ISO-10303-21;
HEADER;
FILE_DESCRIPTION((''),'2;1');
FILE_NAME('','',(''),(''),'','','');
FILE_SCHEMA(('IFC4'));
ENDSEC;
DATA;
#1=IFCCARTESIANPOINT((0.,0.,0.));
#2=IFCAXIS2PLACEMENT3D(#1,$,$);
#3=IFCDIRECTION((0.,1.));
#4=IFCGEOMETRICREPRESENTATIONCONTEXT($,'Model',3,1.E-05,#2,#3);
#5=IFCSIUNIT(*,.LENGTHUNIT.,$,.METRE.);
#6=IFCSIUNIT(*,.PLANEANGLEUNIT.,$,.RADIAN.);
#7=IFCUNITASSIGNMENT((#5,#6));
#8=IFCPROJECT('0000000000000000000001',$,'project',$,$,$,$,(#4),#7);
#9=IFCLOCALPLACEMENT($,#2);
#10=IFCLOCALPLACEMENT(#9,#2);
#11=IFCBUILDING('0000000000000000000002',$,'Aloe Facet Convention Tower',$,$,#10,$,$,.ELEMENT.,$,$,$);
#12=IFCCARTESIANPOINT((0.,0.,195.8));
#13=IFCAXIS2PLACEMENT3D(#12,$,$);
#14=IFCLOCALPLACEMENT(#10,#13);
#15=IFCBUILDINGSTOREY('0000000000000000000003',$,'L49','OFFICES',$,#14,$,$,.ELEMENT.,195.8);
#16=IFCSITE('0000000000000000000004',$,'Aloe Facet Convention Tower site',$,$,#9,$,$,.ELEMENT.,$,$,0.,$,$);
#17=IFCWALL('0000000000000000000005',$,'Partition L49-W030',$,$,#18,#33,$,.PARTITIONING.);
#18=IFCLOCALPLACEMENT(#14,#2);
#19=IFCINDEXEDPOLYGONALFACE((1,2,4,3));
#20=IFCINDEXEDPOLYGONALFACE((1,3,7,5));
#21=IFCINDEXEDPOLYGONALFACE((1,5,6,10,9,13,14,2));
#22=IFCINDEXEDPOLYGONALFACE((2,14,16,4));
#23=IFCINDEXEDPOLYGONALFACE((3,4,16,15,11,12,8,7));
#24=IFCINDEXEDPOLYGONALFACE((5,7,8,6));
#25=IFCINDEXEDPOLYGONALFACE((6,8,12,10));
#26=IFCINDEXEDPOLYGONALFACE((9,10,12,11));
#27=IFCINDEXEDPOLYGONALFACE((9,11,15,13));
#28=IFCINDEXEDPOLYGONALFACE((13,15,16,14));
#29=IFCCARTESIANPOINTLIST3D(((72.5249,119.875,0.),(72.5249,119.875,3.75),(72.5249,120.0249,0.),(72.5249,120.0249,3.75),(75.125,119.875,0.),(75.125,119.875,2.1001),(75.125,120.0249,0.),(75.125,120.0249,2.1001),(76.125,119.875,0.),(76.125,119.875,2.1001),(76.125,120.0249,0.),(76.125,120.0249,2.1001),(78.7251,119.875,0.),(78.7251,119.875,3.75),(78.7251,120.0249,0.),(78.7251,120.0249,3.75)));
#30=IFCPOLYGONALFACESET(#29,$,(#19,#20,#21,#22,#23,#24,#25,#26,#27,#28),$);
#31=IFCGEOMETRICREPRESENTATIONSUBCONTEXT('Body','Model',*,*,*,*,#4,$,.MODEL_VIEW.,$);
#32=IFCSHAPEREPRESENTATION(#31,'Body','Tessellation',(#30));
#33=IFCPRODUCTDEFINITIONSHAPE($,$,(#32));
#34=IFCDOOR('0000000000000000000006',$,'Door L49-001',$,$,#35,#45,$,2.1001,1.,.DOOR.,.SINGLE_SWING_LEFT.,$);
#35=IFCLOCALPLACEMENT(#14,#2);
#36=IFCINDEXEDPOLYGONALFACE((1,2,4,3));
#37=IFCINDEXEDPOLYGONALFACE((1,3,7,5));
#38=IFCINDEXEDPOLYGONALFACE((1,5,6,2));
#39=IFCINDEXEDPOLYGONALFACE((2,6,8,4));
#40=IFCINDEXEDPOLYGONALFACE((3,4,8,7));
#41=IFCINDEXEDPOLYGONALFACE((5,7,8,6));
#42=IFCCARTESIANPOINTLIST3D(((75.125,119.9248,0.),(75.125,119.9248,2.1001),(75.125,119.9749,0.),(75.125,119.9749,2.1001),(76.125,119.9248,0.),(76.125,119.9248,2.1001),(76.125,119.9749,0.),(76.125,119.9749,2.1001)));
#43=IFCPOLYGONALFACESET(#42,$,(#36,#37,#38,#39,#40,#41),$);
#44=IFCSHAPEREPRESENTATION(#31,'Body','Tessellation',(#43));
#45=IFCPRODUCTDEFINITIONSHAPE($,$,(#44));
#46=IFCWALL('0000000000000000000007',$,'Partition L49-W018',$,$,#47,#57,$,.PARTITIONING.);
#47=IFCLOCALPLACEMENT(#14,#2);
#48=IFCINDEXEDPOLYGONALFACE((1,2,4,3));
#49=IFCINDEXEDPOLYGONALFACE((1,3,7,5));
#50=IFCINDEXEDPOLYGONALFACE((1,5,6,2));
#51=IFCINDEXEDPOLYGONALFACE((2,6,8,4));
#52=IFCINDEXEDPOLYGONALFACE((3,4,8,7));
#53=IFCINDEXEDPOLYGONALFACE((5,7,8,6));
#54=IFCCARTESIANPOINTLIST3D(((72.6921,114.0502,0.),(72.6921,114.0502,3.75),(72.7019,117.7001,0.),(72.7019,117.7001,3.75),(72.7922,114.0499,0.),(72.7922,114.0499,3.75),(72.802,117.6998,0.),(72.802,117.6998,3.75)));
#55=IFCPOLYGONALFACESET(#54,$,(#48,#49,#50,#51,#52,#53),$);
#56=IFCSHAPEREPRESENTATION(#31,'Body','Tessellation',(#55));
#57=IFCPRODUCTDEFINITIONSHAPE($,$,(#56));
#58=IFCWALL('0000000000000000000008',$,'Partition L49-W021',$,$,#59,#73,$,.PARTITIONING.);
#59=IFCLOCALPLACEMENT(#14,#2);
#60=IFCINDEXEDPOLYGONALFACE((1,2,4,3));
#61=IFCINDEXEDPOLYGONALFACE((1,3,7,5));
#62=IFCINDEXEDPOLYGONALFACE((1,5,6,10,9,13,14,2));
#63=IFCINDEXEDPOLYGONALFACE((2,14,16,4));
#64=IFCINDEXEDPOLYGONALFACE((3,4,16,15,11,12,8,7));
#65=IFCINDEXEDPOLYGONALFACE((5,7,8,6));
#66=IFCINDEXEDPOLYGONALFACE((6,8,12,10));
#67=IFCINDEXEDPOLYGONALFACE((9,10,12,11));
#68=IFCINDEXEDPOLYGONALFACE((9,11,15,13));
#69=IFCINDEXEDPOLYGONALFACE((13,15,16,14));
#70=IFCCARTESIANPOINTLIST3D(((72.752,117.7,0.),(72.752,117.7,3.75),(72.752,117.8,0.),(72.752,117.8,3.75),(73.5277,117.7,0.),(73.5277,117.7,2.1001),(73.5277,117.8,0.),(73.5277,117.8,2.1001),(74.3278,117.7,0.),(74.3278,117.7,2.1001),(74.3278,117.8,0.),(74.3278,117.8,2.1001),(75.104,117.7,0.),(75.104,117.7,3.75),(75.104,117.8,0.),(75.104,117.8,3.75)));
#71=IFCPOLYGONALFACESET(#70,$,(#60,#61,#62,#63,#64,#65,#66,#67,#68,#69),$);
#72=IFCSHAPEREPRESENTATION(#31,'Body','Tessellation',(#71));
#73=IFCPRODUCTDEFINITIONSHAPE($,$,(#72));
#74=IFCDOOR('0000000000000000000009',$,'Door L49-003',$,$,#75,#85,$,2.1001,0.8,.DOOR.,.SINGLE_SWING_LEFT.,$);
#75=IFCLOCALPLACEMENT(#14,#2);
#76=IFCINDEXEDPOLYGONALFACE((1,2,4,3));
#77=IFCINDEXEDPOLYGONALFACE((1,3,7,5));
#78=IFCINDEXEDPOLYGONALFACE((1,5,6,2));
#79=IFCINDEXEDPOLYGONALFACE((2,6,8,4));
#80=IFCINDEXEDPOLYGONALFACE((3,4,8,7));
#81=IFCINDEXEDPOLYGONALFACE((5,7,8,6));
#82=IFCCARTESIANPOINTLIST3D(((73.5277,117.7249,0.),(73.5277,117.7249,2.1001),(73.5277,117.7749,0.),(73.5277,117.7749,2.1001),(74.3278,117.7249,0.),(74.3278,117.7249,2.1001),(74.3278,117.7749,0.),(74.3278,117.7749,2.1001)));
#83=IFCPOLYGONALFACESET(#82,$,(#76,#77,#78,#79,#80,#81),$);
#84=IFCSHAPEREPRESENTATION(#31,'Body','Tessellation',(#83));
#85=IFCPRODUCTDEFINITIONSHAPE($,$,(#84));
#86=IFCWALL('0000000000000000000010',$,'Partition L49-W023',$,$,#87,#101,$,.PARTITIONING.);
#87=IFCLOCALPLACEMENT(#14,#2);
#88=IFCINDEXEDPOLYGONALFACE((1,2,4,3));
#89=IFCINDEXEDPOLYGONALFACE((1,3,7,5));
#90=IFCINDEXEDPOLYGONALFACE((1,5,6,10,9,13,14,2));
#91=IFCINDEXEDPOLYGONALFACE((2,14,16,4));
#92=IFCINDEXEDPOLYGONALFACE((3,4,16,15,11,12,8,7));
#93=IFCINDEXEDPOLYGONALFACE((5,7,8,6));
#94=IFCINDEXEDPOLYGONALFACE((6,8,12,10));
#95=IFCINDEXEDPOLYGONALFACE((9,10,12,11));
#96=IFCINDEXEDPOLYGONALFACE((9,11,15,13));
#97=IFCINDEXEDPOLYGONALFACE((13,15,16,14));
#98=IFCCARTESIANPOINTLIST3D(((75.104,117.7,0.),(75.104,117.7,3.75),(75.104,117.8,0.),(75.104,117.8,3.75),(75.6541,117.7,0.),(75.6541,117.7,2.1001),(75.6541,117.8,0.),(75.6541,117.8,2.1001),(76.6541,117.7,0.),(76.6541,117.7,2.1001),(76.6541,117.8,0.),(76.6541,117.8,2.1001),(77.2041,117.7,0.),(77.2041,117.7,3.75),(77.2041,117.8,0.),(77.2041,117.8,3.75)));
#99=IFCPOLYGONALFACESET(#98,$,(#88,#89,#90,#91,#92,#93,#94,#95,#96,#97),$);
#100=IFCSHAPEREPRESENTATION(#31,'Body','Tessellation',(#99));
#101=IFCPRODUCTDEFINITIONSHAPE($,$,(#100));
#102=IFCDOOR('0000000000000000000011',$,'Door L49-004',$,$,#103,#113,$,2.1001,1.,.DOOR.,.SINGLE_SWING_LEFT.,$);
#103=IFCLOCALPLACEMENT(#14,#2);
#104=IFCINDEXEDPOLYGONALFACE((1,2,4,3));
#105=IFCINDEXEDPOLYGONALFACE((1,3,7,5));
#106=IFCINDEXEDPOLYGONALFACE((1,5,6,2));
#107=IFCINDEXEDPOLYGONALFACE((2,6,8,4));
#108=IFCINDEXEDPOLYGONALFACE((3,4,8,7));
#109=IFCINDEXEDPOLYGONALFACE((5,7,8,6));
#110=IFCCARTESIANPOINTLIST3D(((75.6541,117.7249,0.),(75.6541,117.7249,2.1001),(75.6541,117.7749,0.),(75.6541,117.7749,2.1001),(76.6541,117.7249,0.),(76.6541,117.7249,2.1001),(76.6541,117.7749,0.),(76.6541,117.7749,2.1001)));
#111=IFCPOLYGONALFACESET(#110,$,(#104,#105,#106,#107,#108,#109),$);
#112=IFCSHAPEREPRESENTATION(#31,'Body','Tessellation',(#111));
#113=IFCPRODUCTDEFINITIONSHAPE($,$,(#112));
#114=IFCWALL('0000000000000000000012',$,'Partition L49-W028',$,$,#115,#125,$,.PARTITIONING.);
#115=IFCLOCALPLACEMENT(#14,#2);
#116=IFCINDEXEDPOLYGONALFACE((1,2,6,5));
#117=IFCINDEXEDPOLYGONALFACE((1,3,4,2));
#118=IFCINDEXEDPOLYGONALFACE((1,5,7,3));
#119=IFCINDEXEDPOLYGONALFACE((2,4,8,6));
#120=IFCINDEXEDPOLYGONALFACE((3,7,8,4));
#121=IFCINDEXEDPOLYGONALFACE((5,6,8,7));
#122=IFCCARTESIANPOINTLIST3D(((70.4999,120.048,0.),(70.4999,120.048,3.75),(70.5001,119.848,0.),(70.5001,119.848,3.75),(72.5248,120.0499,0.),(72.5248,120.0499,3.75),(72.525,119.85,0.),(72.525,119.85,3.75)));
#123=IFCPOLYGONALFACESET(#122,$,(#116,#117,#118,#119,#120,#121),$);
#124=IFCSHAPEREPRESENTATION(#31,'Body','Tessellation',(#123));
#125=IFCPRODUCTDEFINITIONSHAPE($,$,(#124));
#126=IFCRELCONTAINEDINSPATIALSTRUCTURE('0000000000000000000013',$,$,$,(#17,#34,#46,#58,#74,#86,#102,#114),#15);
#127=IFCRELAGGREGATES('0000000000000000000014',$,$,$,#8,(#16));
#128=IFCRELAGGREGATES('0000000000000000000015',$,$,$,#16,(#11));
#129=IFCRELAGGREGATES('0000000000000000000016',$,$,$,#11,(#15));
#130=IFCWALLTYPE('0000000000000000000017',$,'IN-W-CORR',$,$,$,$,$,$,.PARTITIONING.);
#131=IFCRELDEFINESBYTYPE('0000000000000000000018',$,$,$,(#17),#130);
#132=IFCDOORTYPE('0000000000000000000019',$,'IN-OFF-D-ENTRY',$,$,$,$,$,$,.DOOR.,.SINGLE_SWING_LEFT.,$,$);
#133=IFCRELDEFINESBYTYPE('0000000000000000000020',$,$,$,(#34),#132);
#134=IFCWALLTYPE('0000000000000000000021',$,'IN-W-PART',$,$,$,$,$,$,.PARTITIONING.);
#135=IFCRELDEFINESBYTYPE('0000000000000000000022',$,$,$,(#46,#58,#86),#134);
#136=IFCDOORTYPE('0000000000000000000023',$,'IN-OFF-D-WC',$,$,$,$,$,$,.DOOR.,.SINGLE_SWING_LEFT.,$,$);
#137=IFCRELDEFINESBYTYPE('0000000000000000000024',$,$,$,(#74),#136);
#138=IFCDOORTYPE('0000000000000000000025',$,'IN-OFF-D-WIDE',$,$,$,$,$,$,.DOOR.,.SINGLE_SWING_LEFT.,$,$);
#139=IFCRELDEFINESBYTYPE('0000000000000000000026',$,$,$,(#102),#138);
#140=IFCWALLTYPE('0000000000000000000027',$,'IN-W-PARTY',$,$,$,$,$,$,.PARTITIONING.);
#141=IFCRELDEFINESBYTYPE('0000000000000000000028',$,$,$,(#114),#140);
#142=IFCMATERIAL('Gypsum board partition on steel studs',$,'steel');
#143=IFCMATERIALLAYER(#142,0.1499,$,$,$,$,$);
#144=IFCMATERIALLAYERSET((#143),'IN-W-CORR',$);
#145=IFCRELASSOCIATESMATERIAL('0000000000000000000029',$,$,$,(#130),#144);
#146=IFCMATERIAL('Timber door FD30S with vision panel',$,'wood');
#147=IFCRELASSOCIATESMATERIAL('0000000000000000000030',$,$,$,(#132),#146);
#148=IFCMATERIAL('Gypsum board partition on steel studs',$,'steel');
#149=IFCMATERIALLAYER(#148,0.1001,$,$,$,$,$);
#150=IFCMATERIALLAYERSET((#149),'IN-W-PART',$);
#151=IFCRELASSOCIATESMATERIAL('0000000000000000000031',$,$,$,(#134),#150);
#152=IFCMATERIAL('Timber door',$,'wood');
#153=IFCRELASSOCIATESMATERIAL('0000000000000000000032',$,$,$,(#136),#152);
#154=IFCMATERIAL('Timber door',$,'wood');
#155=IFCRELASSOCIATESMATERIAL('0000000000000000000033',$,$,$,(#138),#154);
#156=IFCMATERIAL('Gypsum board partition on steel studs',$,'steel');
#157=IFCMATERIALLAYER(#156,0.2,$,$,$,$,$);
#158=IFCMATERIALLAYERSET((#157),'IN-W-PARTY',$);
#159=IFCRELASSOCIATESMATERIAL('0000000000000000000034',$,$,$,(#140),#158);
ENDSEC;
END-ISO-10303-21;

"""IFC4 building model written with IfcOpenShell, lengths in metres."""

from ifc_helpers import new_model, si_unit, direction, frame, frame_2d, origin, place, context, subcontext, project, spatial, rectangle, extrude, material, layer, layer_set, type_object, element, fill, save


model = new_model("IFC4")

# Units and contexts
model_context = context("Model", 3, precision=1e-05, world=origin(), true_north=direction((0.0, 1.0)))
body_context = subcontext(model_context, "Body", "Model", "MODEL_VIEW")
ifc_project = project(units=[si_unit("LENGTHUNIT", "METRE"), si_unit("PLANEANGLEUNIT", "RADIAN")], contexts=[model_context])

# Site, building, storey
site_placement = place(None, origin())
site = spatial("IfcSite", under=ifc_project, at=site_placement, Name="Aloe Facet Convention Tower site", CompositionType="ELEMENT", RefElevation=0.0)
building_placement = place(site_placement, origin())
building = spatial("IfcBuilding", under=site, at=building_placement, Name="Aloe Facet Convention Tower", CompositionType="ELEMENT")
storey_placement = place(building_placement, frame((0.0, 0.0, 195.8)))
storey = spatial("IfcBuildingStorey", under=building, at=storey_placement, Name="L49", Description="OFFICES", CompositionType="ELEMENT", Elevation=195.8)

# Wall, opening, door
ifc_material_1 = material(Name="Gypsum board partition on steel studs", Category="steel")
ifc_layer_1 = layer(ifc_material_1, 0.1499)
ifc_layer_set_1 = layer_set([ifc_layer_1], Name="IN-W-CORR")
wall_type_1 = type_object("IfcWallType", Name="IN-W-CORR", PredefinedType="PARTITIONING", material=ifc_layer_set_1)
ifc_material_2 = material(Name="Timber door FD30S with vision panel", Category="wood")
door_type_1 = type_object("IfcDoorType", Name="IN-OFF-D-ENTRY", OperationType="SINGLE_SWING_LEFT", PredefinedType="DOOR", material=ifc_material_2)
wall_1_placement = place(storey_placement, frame((72.5249, 119.95, 0.0), z_axis=(0.0, 0.0, 1.0), x_axis=(1.0, 0.0, 0.0)))
wall_1 = element("IfcWall", 1, at=wall_1_placement, inside=storey, type_object=wall_type_1, Name="Partition L49-W030", PredefinedType="PARTITIONING", context=body_context, shape_type="SweptSolid", body=[
    extrude(rectangle(XDim=6.2002, YDim=0.1499, at=frame_2d((3.1001, 0.0))), origin(), (0.0, 0.0, 1.0), 3.75),
])
opening_1_placement = place(wall_1_placement, frame((2.6001, 0.0, 0.0)))
opening_1 = element("IfcOpeningElement", 2, at=opening_1_placement, cuts=wall_1, PredefinedType="OPENING", context=body_context, shape_type="SweptSolid", body=[
    extrude(rectangle(XDim=1.0, YDim=2.1001, at=frame_2d((0.5, 1.05))), frame((0.0, 0.085, 0.0), z_axis=(0.0, -1.0, 0.0), x_axis=(1.0, 0.0, 0.0)), (0.0, 0.0, 1.0), 0.1699),
])
door_1_placement = place(opening_1_placement, origin())
door_1 = element("IfcDoor", 3, at=door_1_placement, inside=storey, type_object=door_type_1, Name="Door L49-001", OperationType="SINGLE_SWING_LEFT", OverallHeight=2.1001, OverallWidth=1.0, PredefinedType="DOOR", context=body_context, shape_type="SweptSolid", body=[
    extrude(rectangle(XDim=1.0, YDim=2.1001, at=frame_2d((0.5, 1.05))), frame((0.0, 0.0249, 0.0), z_axis=(0.0, -1.0, 0.0), x_axis=(1.0, 0.0, 0.0)), (0.0, 0.0, 1.0), 0.05),
])
fill(opening_1, door_1)

# Wall
ifc_material_3 = material(Name="Gypsum board partition on steel studs", Category="steel")
ifc_layer_2 = layer(ifc_material_3, 0.1001)
ifc_layer_set_2 = layer_set([ifc_layer_2], Name="IN-W-PART")
wall_type_2 = type_object("IfcWallType", Name="IN-W-PART", PredefinedType="PARTITIONING", material=ifc_layer_set_2)
wall_2_placement = place(storey_placement, frame((72.7422, 114.05, 0.0), z_axis=(0.0, 0.0, 1.0), x_axis=(0.002676, 0.999996, 0.0)))
element("IfcWall", 4, at=wall_2_placement, inside=storey, type_object=wall_type_2, Name="Partition L49-W018", PredefinedType="PARTITIONING", context=body_context, shape_type="SweptSolid", body=[
    extrude(rectangle(XDim=3.6499, YDim=0.1001, at=frame_2d((1.825, 0.0))), origin(), (0.0, 0.0, 1.0), 3.75),
])

# Walls, openings, doors
wall_3_placement = place(storey_placement, frame((72.752, 117.75, 0.0), z_axis=(0.0, 0.0, 1.0), x_axis=(1.0, 0.0, 0.0)))
wall_3 = element("IfcWall", 5, at=wall_3_placement, inside=storey, type_object=wall_type_2, Name="Partition L49-W021", PredefinedType="PARTITIONING", context=body_context, shape_type="SweptSolid", body=[
    extrude(rectangle(XDim=2.3521, YDim=0.1001, at=frame_2d((1.176, 0.0))), origin(), (0.0, 0.0, 1.0), 3.75),
])
opening_2_placement = place(wall_3_placement, frame((0.7759, 0.0, 0.0)))
opening_2 = element("IfcOpeningElement", 6, at=opening_2_placement, cuts=wall_3, PredefinedType="OPENING", context=body_context, shape_type="SweptSolid", body=[
    extrude(rectangle(XDim=0.8, YDim=2.1001, at=frame_2d((0.3999, 1.05))), frame((0.0, 0.0601, 0.0), z_axis=(0.0, -1.0, 0.0), x_axis=(1.0, 0.0, 0.0)), (0.0, 0.0, 1.0), 0.1201),
])
ifc_material_4 = material(Name="Timber door", Category="wood")
door_type_2 = type_object("IfcDoorType", Name="IN-OFF-D-WC", OperationType="SINGLE_SWING_LEFT", PredefinedType="DOOR", material=ifc_material_4)
door_2_placement = place(opening_2_placement, origin())
door_2 = element("IfcDoor", 7, at=door_2_placement, inside=storey, type_object=door_type_2, Name="Door L49-003", OperationType="SINGLE_SWING_LEFT", OverallHeight=2.1001, OverallWidth=0.8, PredefinedType="DOOR", context=body_context, shape_type="SweptSolid", body=[
    extrude(rectangle(XDim=0.8, YDim=2.1001, at=frame_2d((0.3999, 1.05))), frame((0.0, 0.0249, 0.0), z_axis=(0.0, -1.0, 0.0), x_axis=(1.0, 0.0, 0.0)), (0.0, 0.0, 1.0), 0.05),
])
fill(opening_2, door_2)
wall_4_placement = place(storey_placement, frame((75.104, 117.75, 0.0), z_axis=(0.0, 0.0, 1.0), x_axis=(1.0, 0.0, 0.0)))
wall_4 = element("IfcWall", 8, at=wall_4_placement, inside=storey, type_object=wall_type_2, Name="Partition L49-W023", PredefinedType="PARTITIONING", context=body_context, shape_type="SweptSolid", body=[
    extrude(rectangle(XDim=2.1001, YDim=0.1001, at=frame_2d((1.05, 0.0))), origin(), (0.0, 0.0, 1.0), 3.75),
])
opening_3_placement = place(wall_4_placement, frame((0.55, 0.0, 0.0)))
opening_3 = element("IfcOpeningElement", 9, at=opening_3_placement, cuts=wall_4, PredefinedType="OPENING", context=body_context, shape_type="SweptSolid", body=[
    extrude(rectangle(XDim=1.0, YDim=2.1001, at=frame_2d((0.5, 1.05))), frame((0.0, 0.0601, 0.0), z_axis=(0.0, -1.0, 0.0), x_axis=(1.0, 0.0, 0.0)), (0.0, 0.0, 1.0), 0.1201),
])
ifc_material_5 = material(Name="Timber door", Category="wood")
door_type_3 = type_object("IfcDoorType", Name="IN-OFF-D-WIDE", OperationType="SINGLE_SWING_LEFT", PredefinedType="DOOR", material=ifc_material_5)
door_3_placement = place(opening_3_placement, origin())
door_3 = element("IfcDoor", 10, at=door_3_placement, inside=storey, type_object=door_type_3, Name="Door L49-004", OperationType="SINGLE_SWING_LEFT", OverallHeight=2.1001, OverallWidth=1.0, PredefinedType="DOOR", context=body_context, shape_type="SweptSolid", body=[
    extrude(rectangle(XDim=1.0, YDim=2.1001, at=frame_2d((0.5, 1.05))), frame((0.0, 0.0249, 0.0), z_axis=(0.0, -1.0, 0.0), x_axis=(1.0, 0.0, 0.0)), (0.0, 0.0, 1.0), 0.05),
])
fill(opening_3, door_3)

# Wall
ifc_material_6 = material(Name="Gypsum board partition on steel studs", Category="steel")
ifc_layer_3 = layer(ifc_material_6, 0.2)
ifc_layer_set_3 = layer_set([ifc_layer_3], Name="IN-W-PARTY")
wall_type_3 = type_object("IfcWallType", Name="IN-W-PARTY", PredefinedType="PARTITIONING", material=ifc_layer_set_3)
wall_5_placement = place(storey_placement, frame((70.5, 119.948, 0.0), z_axis=(0.0, 0.0, 1.0), x_axis=(1.0, 0.000965, 0.0)))
element("IfcWall", 11, at=wall_5_placement, inside=storey, type_object=wall_type_3, Name="Partition L49-W028", PredefinedType="PARTITIONING", context=body_context, shape_type="SweptSolid", body=[
    extrude(rectangle(XDim=2.0249, YDim=0.2, at=frame_2d((1.0125, 0.0))), origin(), (0.0, 0.0, 1.0), 3.75),
])

save(model, "model.ifc")
